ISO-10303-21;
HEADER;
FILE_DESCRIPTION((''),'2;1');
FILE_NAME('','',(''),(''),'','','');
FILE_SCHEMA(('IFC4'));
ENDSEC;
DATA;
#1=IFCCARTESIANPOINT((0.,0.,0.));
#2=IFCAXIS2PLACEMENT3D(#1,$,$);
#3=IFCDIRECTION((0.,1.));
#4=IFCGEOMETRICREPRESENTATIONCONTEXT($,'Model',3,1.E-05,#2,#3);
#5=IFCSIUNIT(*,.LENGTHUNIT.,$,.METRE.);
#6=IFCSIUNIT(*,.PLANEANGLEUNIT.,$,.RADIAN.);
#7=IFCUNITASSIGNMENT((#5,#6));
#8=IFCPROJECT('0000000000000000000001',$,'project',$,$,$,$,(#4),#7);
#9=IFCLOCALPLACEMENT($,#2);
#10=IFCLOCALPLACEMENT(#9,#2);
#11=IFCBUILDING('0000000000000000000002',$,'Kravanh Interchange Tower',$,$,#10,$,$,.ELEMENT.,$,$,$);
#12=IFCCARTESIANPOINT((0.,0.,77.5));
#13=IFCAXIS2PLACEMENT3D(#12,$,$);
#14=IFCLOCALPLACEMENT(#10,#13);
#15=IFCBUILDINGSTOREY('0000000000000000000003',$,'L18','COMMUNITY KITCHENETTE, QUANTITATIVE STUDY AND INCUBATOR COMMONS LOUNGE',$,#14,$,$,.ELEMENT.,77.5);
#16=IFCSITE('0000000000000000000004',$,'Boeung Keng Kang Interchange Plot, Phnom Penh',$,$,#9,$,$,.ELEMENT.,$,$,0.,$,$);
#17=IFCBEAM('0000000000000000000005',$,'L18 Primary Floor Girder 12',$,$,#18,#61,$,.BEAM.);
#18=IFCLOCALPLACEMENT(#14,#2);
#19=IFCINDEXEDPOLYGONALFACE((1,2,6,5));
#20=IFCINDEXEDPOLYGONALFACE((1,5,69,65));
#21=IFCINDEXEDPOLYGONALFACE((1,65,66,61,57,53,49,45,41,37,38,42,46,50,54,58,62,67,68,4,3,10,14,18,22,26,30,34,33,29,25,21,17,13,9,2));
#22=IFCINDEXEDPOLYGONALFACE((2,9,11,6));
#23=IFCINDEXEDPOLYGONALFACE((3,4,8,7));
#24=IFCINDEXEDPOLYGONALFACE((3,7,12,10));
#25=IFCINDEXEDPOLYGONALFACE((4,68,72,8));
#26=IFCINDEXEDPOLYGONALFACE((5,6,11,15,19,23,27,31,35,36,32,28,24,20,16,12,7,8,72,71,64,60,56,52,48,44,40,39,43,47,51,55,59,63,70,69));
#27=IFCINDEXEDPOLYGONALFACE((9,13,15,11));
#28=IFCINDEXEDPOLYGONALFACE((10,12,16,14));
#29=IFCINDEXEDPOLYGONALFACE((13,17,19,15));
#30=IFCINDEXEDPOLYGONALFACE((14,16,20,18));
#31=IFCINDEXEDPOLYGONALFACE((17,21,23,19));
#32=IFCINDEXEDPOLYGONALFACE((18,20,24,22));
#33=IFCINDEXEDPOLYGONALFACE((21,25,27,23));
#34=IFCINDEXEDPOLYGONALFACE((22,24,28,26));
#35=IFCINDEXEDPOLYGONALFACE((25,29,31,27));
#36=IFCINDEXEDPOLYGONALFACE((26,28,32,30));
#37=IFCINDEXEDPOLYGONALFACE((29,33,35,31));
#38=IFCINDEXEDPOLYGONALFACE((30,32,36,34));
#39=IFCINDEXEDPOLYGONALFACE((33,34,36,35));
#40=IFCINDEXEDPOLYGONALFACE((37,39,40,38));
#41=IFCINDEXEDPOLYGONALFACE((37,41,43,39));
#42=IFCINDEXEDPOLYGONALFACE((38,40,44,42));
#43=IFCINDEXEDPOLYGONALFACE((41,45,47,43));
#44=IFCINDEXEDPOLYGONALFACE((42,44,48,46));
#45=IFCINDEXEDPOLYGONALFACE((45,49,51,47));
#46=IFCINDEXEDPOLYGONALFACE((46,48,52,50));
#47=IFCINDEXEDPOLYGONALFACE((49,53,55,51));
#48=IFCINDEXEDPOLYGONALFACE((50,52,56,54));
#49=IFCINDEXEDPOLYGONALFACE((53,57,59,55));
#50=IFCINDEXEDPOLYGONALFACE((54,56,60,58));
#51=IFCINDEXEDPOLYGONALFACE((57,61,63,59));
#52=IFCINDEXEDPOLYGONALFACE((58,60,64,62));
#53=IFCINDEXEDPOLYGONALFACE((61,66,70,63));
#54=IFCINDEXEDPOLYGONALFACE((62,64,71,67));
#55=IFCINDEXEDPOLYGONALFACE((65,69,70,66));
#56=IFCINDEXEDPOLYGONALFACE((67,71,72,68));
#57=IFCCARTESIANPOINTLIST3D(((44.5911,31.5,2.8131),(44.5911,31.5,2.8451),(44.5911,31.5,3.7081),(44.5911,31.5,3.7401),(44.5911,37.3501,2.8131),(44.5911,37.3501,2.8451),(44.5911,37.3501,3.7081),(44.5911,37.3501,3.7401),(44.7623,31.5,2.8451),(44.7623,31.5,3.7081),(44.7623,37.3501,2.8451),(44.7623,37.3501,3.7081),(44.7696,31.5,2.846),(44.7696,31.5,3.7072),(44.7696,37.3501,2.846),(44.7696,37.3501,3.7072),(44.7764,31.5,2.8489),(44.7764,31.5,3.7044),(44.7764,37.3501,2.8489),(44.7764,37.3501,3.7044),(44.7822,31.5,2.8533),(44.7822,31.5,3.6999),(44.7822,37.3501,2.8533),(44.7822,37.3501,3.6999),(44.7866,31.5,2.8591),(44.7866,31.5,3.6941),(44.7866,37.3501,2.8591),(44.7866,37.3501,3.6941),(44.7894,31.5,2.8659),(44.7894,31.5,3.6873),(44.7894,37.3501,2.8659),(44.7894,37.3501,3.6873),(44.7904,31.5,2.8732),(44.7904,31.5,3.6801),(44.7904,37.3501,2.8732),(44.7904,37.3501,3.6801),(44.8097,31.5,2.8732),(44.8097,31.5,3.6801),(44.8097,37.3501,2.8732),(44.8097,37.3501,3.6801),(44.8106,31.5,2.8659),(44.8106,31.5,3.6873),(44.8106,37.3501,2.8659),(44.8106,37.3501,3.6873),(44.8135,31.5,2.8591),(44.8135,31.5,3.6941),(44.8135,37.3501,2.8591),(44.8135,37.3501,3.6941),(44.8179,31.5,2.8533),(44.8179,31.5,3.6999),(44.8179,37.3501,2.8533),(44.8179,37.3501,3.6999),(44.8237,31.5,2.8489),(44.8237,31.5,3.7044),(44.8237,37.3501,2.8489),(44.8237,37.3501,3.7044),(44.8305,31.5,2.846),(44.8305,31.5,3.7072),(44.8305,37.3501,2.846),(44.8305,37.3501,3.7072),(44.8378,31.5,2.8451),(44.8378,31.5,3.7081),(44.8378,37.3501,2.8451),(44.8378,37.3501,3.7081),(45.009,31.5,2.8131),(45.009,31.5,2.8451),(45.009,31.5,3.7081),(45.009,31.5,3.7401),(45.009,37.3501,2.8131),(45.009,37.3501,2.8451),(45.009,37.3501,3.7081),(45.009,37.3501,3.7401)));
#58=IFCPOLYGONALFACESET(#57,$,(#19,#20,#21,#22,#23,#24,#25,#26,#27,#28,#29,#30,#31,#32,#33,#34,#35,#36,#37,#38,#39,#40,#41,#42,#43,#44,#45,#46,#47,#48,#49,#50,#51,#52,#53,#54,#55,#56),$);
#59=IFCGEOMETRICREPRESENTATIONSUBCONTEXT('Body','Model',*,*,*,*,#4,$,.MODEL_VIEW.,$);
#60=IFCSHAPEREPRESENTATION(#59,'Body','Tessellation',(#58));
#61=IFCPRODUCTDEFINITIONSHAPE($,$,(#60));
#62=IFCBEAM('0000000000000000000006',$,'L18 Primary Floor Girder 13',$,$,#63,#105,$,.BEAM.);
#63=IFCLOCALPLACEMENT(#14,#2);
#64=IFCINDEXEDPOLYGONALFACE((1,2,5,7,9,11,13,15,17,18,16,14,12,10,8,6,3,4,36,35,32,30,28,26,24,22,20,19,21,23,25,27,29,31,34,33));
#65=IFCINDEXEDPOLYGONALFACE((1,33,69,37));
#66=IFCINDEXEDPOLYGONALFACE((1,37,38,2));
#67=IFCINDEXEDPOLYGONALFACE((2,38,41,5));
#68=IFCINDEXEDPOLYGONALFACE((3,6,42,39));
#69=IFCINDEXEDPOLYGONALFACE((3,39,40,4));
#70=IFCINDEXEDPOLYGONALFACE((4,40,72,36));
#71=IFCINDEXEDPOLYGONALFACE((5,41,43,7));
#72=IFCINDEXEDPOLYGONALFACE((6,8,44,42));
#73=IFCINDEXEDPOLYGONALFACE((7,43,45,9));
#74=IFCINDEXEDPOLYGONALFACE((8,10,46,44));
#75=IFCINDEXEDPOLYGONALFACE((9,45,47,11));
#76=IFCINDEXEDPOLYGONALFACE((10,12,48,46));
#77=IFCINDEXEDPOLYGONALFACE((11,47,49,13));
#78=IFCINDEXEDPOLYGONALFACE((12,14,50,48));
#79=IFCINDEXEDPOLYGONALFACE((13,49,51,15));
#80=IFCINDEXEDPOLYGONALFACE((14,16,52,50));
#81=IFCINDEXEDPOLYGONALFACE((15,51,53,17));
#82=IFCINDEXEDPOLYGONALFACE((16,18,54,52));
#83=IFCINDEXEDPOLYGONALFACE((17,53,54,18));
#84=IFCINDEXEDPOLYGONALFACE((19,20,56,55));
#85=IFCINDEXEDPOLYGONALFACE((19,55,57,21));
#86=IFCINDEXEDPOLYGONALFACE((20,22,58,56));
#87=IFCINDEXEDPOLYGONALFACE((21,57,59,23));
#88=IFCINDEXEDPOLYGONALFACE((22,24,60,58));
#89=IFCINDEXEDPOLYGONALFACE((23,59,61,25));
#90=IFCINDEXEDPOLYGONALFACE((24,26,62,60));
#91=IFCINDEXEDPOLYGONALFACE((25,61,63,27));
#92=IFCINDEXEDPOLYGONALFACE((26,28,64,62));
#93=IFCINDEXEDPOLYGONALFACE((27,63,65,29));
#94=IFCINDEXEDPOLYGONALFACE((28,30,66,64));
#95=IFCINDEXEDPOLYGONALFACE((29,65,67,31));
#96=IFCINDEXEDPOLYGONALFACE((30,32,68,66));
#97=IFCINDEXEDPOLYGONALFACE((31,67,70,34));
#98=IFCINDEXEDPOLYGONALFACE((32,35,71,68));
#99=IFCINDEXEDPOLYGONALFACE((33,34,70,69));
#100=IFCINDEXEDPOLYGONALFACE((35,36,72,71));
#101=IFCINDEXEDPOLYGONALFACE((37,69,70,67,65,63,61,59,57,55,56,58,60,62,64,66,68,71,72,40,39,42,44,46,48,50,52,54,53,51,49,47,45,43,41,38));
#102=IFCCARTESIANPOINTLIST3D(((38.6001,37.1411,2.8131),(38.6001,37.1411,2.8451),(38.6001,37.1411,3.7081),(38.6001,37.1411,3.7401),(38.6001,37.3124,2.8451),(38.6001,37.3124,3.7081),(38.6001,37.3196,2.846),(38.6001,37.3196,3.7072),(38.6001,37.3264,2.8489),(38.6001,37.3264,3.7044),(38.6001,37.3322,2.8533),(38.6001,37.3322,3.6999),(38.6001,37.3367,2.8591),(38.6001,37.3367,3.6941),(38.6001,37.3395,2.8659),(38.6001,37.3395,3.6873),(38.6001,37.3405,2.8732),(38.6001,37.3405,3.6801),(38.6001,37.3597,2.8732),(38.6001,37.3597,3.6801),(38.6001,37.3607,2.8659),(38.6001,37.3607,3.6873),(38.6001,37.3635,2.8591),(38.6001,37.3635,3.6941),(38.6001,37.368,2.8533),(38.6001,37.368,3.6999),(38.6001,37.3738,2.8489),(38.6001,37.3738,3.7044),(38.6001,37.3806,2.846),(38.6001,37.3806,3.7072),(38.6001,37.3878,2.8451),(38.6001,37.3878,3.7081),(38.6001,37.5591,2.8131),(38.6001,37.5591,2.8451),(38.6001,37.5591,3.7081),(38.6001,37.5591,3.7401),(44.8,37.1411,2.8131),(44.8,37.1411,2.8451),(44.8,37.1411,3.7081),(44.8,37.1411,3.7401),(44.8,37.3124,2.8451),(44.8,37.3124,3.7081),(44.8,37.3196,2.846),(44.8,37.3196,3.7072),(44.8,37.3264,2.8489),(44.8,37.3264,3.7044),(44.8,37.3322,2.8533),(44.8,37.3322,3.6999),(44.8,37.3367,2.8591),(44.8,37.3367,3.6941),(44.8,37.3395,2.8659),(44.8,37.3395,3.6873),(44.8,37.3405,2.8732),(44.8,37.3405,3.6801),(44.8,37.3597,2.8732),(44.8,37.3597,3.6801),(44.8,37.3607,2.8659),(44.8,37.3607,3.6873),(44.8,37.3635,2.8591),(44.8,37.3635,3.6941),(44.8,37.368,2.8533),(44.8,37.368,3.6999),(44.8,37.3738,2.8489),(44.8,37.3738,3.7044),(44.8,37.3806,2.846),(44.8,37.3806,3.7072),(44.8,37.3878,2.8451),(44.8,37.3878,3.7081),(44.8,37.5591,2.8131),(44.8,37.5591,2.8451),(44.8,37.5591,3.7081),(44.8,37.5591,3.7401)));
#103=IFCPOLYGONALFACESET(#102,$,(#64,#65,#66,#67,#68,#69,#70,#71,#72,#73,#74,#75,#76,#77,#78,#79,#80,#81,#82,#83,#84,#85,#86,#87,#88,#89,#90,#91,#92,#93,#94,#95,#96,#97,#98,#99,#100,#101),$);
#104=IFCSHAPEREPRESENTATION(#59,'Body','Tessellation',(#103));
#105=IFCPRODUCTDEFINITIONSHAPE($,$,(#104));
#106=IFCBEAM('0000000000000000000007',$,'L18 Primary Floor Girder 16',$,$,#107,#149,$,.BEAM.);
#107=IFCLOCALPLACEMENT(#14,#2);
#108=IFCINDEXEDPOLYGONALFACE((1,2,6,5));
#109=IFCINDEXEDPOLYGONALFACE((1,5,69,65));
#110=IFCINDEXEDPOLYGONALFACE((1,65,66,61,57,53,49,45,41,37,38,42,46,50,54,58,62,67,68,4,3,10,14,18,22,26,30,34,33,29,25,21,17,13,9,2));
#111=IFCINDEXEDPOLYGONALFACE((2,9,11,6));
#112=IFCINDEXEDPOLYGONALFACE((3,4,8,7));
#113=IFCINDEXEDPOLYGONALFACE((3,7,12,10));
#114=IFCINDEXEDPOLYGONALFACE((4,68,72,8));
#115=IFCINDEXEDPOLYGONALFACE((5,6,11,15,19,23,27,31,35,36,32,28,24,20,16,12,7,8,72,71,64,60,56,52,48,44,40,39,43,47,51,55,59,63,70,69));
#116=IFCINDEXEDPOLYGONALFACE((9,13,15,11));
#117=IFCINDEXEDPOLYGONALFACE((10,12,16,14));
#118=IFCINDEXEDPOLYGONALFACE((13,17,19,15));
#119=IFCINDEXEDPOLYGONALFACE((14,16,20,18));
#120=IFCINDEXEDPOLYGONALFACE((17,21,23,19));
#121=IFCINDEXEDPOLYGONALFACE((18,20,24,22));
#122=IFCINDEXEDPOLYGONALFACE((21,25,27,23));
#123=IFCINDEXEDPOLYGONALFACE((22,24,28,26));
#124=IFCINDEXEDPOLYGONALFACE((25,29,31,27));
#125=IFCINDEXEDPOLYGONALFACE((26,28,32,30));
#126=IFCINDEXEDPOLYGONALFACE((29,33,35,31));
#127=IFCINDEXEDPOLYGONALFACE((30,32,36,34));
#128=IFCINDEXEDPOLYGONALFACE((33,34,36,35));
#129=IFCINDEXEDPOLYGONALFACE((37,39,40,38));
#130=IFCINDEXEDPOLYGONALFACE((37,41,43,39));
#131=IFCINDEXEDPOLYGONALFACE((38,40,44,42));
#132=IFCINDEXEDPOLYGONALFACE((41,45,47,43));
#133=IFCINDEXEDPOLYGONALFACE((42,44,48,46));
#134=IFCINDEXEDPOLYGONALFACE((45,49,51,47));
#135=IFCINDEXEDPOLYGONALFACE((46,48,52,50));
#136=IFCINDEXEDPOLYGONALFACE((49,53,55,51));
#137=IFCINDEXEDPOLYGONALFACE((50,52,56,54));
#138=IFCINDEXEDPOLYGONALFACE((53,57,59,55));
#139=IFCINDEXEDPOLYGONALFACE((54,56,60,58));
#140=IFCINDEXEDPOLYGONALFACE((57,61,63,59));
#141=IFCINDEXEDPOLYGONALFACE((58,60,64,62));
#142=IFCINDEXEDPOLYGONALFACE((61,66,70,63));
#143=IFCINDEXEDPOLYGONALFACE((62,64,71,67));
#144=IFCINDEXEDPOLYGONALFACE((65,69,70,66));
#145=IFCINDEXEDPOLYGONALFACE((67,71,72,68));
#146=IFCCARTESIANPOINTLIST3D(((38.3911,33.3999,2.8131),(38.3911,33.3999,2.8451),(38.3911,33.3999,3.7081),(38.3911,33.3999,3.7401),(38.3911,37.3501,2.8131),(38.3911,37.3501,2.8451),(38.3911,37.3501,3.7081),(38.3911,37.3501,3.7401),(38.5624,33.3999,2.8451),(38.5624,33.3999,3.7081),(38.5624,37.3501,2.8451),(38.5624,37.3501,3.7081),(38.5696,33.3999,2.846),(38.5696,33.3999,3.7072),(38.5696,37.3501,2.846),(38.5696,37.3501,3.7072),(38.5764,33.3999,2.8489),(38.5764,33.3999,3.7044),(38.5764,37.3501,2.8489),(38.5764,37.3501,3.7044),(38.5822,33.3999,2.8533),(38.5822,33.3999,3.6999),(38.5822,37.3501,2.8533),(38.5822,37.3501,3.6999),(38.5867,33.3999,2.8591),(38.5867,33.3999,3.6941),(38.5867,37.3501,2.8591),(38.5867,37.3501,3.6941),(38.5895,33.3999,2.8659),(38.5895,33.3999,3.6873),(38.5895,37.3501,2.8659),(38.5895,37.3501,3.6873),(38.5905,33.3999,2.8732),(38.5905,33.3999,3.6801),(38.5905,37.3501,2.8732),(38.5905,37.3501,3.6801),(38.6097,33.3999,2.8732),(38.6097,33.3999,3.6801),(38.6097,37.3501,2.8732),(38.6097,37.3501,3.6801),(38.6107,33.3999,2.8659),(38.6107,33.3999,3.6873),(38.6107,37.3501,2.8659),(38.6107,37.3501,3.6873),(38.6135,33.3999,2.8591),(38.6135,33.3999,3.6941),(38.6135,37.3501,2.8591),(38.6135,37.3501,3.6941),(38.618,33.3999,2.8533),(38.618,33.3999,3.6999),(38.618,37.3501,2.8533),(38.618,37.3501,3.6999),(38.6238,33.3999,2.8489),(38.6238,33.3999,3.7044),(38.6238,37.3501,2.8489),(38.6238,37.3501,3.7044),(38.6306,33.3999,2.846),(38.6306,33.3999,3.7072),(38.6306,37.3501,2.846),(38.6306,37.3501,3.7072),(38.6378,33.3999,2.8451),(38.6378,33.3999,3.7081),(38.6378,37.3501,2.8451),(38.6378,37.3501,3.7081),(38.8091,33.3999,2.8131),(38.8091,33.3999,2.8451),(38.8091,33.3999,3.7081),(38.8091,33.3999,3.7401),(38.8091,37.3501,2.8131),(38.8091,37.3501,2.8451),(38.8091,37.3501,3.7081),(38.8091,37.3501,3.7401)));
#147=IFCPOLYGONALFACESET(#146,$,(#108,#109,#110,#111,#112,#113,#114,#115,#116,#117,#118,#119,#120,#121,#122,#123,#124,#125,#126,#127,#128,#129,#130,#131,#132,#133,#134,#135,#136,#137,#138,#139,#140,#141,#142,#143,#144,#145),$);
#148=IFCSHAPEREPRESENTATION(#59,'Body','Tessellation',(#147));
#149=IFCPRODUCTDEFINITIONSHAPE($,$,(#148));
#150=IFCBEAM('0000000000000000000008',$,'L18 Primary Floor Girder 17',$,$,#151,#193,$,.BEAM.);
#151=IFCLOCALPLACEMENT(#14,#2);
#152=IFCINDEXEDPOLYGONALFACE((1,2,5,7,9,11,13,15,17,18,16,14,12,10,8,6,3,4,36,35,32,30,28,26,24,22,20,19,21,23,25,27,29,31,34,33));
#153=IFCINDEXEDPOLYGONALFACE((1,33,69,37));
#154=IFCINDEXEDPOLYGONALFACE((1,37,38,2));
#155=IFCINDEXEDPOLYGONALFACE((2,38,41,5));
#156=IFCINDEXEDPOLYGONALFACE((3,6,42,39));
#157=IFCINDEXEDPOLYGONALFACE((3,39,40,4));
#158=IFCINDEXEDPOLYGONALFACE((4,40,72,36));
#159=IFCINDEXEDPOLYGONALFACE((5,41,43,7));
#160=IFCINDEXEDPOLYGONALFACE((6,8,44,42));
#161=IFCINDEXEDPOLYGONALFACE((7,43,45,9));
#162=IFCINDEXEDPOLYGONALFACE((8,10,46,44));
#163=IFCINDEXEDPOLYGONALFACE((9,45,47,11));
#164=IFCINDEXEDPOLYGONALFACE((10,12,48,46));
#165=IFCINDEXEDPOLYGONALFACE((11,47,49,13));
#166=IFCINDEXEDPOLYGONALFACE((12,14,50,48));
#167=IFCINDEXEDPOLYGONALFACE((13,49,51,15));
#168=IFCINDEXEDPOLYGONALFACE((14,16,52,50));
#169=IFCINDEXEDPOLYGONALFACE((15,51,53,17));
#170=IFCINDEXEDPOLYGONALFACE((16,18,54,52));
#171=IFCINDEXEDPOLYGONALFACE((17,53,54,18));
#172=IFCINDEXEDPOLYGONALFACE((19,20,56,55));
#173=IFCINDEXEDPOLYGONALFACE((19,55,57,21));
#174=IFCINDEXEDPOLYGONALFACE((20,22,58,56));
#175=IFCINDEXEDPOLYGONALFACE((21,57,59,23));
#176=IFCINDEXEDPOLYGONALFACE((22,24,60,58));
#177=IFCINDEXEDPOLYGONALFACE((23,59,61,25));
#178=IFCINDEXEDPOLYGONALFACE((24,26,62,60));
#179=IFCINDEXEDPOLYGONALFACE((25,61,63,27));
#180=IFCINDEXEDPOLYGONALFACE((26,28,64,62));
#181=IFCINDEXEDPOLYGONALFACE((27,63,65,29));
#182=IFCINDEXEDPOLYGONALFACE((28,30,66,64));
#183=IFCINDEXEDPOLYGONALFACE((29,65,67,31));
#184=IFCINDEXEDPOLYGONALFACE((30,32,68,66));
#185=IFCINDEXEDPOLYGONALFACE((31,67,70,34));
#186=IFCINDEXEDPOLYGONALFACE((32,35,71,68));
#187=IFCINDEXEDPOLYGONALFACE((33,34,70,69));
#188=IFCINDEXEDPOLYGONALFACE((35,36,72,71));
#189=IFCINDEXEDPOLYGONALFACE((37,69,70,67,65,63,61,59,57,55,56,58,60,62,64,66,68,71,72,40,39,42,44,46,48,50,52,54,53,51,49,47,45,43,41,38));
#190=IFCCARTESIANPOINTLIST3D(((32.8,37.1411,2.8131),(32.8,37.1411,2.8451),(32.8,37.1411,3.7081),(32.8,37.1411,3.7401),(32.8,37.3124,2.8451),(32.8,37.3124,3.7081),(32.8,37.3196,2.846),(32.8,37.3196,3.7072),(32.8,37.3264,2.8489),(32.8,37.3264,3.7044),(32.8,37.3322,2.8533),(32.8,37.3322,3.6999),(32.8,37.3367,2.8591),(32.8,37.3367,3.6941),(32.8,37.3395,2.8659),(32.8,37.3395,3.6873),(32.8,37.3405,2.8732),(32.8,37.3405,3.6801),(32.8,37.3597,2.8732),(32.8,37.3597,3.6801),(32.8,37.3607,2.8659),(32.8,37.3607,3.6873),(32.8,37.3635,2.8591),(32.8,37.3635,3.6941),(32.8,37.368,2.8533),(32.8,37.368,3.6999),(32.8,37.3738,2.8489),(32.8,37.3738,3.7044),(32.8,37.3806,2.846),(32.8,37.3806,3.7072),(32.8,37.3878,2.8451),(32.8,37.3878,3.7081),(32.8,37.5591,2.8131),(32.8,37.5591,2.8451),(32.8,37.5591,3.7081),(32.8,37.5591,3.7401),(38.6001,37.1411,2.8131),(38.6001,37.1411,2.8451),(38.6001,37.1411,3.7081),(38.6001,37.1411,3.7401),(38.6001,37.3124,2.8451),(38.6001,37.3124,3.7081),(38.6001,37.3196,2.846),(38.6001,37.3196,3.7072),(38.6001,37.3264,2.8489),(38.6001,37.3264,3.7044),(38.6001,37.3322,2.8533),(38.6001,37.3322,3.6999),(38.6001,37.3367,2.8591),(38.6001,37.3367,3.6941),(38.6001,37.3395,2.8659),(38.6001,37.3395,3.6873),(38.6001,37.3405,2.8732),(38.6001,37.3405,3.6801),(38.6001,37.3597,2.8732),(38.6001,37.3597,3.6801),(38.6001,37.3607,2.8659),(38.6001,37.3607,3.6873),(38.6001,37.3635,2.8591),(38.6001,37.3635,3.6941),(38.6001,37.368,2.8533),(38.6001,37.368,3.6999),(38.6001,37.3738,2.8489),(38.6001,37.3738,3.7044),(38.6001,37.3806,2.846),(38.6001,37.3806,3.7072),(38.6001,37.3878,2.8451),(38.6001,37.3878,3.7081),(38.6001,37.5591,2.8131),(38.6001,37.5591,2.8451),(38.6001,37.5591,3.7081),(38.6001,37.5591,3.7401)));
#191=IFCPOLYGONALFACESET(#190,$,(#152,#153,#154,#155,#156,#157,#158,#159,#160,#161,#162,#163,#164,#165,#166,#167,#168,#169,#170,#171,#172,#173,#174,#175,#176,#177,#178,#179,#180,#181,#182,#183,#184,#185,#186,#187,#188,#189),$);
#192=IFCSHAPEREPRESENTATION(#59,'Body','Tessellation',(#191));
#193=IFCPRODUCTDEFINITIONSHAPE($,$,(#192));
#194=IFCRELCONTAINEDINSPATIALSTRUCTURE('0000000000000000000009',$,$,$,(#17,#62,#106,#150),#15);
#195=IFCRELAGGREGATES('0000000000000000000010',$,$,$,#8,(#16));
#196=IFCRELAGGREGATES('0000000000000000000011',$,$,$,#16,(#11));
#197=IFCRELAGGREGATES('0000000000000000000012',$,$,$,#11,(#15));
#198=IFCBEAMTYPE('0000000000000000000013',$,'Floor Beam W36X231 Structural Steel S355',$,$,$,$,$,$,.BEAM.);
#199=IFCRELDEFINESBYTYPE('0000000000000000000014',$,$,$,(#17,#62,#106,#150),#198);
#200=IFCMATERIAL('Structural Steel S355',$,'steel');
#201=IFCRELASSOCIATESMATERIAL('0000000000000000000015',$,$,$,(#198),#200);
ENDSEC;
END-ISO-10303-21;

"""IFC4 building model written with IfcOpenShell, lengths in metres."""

from ifc_helpers import new_model, si_unit, direction, frame, origin, origin_2d, place, context, subcontext, project, spatial, i_section, extrude, material, material_profile, profile_set, type_object, element, save


model = new_model("IFC4")

# Units and contexts
model_context = context("Model", 3, precision=1e-05, world=origin(), true_north=direction((0.0, 1.0)))
body_context = subcontext(model_context, "Body", "Model", "MODEL_VIEW")
ifc_project = project(units=[si_unit("LENGTHUNIT", "METRE"), si_unit("PLANEANGLEUNIT", "RADIAN")], contexts=[model_context])

# Site, building, storey
site_placement = place(None, origin())
site = spatial("IfcSite", under=ifc_project, at=site_placement, Name="Boeung Keng Kang Interchange Plot, Phnom Penh", CompositionType="ELEMENT", RefElevation=0.0)
building_placement = place(site_placement, origin())
building = spatial("IfcBuilding", under=site, at=building_placement, Name="Kravanh Interchange Tower", CompositionType="ELEMENT")
storey_placement = place(building_placement, frame((0.0, 0.0, 77.5)))
storey = spatial("IfcBuildingStorey", under=building, at=storey_placement, Name="L18", Description="COMMUNITY KITCHENETTE, QUANTITATIVE STUDY AND INCUBATOR COMMONS LOUNGE", CompositionType="ELEMENT", Elevation=77.5)

# Beams
ifc_material_1 = material(Name="Structural Steel S355", Category="steel")
ifc_material_profile_1 = material_profile(ifc_material_1, i_section(OverallWidth=0.418, OverallDepth=0.927, WebThickness=0.0193, FlangeThickness=0.032, FilletRadius=0.0281, at=origin_2d()), Name="W36X231")
ifc_profile_set_1 = profile_set([ifc_material_profile_1], Name="Structural Steel S355")
beam_type_1 = type_object("IfcBeamType", Name="Floor Beam W36X231 Structural Steel S355", PredefinedType="BEAM", material=ifc_profile_set_1)
beam_1_placement = place(storey_placement, frame((44.8, 37.3501, 3.2766), z_axis=(0.0, -1.0, 0.0), x_axis=(1.0, 0.0, 0.0)))
element("IfcBeam", 1, at=beam_1_placement, inside=storey, type_object=beam_type_1, Name="L18 Primary Floor Girder 12", PredefinedType="BEAM", context=body_context, shape_type="SweptSolid", body=[
    extrude(i_section(OverallWidth=0.418, OverallDepth=0.927, WebThickness=0.0193, FlangeThickness=0.032, FilletRadius=0.0281, at=origin_2d()), origin(), (0.0, 0.0, 1.0), 5.8501),
])
beam_2_placement = place(storey_placement, frame((44.8, 37.3501, 3.2766), z_axis=(-1.0, 0.0, 0.0), x_axis=(0.0, -1.0, 0.0)))
element("IfcBeam", 2, at=beam_2_placement, inside=storey, type_object=beam_type_1, Name="L18 Primary Floor Girder 13", PredefinedType="BEAM", context=body_context, shape_type="SweptSolid", body=[
    extrude(i_section(OverallWidth=0.418, OverallDepth=0.927, WebThickness=0.0193, FlangeThickness=0.032, FilletRadius=0.0281, at=origin_2d()), origin(), (0.0, 0.0, 1.0), 6.2),
])
beam_3_placement = place(storey_placement, frame((38.6001, 37.3501, 3.2766), z_axis=(0.0, -1.0, 0.0), x_axis=(1.0, 0.0, 0.0)))
element("IfcBeam", 3, at=beam_3_placement, inside=storey, type_object=beam_type_1, Name="L18 Primary Floor Girder 16", PredefinedType="BEAM", context=body_context, shape_type="SweptSolid", body=[
    extrude(i_section(OverallWidth=0.418, OverallDepth=0.927, WebThickness=0.0193, FlangeThickness=0.032, FilletRadius=0.0281, at=origin_2d()), origin(), (0.0, 0.0, 1.0), 3.9502),
])
beam_4_placement = place(storey_placement, frame((38.6001, 37.3501, 3.2766), z_axis=(-1.0, 0.0, 0.0), x_axis=(0.0, -1.0, 0.0)))
element("IfcBeam", 4, at=beam_4_placement, inside=storey, type_object=beam_type_1, Name="L18 Primary Floor Girder 17", PredefinedType="BEAM", context=body_context, shape_type="SweptSolid", body=[
    extrude(i_section(OverallWidth=0.418, OverallDepth=0.927, WebThickness=0.0193, FlangeThickness=0.032, FilletRadius=0.0281, at=origin_2d()), origin(), (0.0, 0.0, 1.0), 5.8),
])

save(model, "model.ifc")
